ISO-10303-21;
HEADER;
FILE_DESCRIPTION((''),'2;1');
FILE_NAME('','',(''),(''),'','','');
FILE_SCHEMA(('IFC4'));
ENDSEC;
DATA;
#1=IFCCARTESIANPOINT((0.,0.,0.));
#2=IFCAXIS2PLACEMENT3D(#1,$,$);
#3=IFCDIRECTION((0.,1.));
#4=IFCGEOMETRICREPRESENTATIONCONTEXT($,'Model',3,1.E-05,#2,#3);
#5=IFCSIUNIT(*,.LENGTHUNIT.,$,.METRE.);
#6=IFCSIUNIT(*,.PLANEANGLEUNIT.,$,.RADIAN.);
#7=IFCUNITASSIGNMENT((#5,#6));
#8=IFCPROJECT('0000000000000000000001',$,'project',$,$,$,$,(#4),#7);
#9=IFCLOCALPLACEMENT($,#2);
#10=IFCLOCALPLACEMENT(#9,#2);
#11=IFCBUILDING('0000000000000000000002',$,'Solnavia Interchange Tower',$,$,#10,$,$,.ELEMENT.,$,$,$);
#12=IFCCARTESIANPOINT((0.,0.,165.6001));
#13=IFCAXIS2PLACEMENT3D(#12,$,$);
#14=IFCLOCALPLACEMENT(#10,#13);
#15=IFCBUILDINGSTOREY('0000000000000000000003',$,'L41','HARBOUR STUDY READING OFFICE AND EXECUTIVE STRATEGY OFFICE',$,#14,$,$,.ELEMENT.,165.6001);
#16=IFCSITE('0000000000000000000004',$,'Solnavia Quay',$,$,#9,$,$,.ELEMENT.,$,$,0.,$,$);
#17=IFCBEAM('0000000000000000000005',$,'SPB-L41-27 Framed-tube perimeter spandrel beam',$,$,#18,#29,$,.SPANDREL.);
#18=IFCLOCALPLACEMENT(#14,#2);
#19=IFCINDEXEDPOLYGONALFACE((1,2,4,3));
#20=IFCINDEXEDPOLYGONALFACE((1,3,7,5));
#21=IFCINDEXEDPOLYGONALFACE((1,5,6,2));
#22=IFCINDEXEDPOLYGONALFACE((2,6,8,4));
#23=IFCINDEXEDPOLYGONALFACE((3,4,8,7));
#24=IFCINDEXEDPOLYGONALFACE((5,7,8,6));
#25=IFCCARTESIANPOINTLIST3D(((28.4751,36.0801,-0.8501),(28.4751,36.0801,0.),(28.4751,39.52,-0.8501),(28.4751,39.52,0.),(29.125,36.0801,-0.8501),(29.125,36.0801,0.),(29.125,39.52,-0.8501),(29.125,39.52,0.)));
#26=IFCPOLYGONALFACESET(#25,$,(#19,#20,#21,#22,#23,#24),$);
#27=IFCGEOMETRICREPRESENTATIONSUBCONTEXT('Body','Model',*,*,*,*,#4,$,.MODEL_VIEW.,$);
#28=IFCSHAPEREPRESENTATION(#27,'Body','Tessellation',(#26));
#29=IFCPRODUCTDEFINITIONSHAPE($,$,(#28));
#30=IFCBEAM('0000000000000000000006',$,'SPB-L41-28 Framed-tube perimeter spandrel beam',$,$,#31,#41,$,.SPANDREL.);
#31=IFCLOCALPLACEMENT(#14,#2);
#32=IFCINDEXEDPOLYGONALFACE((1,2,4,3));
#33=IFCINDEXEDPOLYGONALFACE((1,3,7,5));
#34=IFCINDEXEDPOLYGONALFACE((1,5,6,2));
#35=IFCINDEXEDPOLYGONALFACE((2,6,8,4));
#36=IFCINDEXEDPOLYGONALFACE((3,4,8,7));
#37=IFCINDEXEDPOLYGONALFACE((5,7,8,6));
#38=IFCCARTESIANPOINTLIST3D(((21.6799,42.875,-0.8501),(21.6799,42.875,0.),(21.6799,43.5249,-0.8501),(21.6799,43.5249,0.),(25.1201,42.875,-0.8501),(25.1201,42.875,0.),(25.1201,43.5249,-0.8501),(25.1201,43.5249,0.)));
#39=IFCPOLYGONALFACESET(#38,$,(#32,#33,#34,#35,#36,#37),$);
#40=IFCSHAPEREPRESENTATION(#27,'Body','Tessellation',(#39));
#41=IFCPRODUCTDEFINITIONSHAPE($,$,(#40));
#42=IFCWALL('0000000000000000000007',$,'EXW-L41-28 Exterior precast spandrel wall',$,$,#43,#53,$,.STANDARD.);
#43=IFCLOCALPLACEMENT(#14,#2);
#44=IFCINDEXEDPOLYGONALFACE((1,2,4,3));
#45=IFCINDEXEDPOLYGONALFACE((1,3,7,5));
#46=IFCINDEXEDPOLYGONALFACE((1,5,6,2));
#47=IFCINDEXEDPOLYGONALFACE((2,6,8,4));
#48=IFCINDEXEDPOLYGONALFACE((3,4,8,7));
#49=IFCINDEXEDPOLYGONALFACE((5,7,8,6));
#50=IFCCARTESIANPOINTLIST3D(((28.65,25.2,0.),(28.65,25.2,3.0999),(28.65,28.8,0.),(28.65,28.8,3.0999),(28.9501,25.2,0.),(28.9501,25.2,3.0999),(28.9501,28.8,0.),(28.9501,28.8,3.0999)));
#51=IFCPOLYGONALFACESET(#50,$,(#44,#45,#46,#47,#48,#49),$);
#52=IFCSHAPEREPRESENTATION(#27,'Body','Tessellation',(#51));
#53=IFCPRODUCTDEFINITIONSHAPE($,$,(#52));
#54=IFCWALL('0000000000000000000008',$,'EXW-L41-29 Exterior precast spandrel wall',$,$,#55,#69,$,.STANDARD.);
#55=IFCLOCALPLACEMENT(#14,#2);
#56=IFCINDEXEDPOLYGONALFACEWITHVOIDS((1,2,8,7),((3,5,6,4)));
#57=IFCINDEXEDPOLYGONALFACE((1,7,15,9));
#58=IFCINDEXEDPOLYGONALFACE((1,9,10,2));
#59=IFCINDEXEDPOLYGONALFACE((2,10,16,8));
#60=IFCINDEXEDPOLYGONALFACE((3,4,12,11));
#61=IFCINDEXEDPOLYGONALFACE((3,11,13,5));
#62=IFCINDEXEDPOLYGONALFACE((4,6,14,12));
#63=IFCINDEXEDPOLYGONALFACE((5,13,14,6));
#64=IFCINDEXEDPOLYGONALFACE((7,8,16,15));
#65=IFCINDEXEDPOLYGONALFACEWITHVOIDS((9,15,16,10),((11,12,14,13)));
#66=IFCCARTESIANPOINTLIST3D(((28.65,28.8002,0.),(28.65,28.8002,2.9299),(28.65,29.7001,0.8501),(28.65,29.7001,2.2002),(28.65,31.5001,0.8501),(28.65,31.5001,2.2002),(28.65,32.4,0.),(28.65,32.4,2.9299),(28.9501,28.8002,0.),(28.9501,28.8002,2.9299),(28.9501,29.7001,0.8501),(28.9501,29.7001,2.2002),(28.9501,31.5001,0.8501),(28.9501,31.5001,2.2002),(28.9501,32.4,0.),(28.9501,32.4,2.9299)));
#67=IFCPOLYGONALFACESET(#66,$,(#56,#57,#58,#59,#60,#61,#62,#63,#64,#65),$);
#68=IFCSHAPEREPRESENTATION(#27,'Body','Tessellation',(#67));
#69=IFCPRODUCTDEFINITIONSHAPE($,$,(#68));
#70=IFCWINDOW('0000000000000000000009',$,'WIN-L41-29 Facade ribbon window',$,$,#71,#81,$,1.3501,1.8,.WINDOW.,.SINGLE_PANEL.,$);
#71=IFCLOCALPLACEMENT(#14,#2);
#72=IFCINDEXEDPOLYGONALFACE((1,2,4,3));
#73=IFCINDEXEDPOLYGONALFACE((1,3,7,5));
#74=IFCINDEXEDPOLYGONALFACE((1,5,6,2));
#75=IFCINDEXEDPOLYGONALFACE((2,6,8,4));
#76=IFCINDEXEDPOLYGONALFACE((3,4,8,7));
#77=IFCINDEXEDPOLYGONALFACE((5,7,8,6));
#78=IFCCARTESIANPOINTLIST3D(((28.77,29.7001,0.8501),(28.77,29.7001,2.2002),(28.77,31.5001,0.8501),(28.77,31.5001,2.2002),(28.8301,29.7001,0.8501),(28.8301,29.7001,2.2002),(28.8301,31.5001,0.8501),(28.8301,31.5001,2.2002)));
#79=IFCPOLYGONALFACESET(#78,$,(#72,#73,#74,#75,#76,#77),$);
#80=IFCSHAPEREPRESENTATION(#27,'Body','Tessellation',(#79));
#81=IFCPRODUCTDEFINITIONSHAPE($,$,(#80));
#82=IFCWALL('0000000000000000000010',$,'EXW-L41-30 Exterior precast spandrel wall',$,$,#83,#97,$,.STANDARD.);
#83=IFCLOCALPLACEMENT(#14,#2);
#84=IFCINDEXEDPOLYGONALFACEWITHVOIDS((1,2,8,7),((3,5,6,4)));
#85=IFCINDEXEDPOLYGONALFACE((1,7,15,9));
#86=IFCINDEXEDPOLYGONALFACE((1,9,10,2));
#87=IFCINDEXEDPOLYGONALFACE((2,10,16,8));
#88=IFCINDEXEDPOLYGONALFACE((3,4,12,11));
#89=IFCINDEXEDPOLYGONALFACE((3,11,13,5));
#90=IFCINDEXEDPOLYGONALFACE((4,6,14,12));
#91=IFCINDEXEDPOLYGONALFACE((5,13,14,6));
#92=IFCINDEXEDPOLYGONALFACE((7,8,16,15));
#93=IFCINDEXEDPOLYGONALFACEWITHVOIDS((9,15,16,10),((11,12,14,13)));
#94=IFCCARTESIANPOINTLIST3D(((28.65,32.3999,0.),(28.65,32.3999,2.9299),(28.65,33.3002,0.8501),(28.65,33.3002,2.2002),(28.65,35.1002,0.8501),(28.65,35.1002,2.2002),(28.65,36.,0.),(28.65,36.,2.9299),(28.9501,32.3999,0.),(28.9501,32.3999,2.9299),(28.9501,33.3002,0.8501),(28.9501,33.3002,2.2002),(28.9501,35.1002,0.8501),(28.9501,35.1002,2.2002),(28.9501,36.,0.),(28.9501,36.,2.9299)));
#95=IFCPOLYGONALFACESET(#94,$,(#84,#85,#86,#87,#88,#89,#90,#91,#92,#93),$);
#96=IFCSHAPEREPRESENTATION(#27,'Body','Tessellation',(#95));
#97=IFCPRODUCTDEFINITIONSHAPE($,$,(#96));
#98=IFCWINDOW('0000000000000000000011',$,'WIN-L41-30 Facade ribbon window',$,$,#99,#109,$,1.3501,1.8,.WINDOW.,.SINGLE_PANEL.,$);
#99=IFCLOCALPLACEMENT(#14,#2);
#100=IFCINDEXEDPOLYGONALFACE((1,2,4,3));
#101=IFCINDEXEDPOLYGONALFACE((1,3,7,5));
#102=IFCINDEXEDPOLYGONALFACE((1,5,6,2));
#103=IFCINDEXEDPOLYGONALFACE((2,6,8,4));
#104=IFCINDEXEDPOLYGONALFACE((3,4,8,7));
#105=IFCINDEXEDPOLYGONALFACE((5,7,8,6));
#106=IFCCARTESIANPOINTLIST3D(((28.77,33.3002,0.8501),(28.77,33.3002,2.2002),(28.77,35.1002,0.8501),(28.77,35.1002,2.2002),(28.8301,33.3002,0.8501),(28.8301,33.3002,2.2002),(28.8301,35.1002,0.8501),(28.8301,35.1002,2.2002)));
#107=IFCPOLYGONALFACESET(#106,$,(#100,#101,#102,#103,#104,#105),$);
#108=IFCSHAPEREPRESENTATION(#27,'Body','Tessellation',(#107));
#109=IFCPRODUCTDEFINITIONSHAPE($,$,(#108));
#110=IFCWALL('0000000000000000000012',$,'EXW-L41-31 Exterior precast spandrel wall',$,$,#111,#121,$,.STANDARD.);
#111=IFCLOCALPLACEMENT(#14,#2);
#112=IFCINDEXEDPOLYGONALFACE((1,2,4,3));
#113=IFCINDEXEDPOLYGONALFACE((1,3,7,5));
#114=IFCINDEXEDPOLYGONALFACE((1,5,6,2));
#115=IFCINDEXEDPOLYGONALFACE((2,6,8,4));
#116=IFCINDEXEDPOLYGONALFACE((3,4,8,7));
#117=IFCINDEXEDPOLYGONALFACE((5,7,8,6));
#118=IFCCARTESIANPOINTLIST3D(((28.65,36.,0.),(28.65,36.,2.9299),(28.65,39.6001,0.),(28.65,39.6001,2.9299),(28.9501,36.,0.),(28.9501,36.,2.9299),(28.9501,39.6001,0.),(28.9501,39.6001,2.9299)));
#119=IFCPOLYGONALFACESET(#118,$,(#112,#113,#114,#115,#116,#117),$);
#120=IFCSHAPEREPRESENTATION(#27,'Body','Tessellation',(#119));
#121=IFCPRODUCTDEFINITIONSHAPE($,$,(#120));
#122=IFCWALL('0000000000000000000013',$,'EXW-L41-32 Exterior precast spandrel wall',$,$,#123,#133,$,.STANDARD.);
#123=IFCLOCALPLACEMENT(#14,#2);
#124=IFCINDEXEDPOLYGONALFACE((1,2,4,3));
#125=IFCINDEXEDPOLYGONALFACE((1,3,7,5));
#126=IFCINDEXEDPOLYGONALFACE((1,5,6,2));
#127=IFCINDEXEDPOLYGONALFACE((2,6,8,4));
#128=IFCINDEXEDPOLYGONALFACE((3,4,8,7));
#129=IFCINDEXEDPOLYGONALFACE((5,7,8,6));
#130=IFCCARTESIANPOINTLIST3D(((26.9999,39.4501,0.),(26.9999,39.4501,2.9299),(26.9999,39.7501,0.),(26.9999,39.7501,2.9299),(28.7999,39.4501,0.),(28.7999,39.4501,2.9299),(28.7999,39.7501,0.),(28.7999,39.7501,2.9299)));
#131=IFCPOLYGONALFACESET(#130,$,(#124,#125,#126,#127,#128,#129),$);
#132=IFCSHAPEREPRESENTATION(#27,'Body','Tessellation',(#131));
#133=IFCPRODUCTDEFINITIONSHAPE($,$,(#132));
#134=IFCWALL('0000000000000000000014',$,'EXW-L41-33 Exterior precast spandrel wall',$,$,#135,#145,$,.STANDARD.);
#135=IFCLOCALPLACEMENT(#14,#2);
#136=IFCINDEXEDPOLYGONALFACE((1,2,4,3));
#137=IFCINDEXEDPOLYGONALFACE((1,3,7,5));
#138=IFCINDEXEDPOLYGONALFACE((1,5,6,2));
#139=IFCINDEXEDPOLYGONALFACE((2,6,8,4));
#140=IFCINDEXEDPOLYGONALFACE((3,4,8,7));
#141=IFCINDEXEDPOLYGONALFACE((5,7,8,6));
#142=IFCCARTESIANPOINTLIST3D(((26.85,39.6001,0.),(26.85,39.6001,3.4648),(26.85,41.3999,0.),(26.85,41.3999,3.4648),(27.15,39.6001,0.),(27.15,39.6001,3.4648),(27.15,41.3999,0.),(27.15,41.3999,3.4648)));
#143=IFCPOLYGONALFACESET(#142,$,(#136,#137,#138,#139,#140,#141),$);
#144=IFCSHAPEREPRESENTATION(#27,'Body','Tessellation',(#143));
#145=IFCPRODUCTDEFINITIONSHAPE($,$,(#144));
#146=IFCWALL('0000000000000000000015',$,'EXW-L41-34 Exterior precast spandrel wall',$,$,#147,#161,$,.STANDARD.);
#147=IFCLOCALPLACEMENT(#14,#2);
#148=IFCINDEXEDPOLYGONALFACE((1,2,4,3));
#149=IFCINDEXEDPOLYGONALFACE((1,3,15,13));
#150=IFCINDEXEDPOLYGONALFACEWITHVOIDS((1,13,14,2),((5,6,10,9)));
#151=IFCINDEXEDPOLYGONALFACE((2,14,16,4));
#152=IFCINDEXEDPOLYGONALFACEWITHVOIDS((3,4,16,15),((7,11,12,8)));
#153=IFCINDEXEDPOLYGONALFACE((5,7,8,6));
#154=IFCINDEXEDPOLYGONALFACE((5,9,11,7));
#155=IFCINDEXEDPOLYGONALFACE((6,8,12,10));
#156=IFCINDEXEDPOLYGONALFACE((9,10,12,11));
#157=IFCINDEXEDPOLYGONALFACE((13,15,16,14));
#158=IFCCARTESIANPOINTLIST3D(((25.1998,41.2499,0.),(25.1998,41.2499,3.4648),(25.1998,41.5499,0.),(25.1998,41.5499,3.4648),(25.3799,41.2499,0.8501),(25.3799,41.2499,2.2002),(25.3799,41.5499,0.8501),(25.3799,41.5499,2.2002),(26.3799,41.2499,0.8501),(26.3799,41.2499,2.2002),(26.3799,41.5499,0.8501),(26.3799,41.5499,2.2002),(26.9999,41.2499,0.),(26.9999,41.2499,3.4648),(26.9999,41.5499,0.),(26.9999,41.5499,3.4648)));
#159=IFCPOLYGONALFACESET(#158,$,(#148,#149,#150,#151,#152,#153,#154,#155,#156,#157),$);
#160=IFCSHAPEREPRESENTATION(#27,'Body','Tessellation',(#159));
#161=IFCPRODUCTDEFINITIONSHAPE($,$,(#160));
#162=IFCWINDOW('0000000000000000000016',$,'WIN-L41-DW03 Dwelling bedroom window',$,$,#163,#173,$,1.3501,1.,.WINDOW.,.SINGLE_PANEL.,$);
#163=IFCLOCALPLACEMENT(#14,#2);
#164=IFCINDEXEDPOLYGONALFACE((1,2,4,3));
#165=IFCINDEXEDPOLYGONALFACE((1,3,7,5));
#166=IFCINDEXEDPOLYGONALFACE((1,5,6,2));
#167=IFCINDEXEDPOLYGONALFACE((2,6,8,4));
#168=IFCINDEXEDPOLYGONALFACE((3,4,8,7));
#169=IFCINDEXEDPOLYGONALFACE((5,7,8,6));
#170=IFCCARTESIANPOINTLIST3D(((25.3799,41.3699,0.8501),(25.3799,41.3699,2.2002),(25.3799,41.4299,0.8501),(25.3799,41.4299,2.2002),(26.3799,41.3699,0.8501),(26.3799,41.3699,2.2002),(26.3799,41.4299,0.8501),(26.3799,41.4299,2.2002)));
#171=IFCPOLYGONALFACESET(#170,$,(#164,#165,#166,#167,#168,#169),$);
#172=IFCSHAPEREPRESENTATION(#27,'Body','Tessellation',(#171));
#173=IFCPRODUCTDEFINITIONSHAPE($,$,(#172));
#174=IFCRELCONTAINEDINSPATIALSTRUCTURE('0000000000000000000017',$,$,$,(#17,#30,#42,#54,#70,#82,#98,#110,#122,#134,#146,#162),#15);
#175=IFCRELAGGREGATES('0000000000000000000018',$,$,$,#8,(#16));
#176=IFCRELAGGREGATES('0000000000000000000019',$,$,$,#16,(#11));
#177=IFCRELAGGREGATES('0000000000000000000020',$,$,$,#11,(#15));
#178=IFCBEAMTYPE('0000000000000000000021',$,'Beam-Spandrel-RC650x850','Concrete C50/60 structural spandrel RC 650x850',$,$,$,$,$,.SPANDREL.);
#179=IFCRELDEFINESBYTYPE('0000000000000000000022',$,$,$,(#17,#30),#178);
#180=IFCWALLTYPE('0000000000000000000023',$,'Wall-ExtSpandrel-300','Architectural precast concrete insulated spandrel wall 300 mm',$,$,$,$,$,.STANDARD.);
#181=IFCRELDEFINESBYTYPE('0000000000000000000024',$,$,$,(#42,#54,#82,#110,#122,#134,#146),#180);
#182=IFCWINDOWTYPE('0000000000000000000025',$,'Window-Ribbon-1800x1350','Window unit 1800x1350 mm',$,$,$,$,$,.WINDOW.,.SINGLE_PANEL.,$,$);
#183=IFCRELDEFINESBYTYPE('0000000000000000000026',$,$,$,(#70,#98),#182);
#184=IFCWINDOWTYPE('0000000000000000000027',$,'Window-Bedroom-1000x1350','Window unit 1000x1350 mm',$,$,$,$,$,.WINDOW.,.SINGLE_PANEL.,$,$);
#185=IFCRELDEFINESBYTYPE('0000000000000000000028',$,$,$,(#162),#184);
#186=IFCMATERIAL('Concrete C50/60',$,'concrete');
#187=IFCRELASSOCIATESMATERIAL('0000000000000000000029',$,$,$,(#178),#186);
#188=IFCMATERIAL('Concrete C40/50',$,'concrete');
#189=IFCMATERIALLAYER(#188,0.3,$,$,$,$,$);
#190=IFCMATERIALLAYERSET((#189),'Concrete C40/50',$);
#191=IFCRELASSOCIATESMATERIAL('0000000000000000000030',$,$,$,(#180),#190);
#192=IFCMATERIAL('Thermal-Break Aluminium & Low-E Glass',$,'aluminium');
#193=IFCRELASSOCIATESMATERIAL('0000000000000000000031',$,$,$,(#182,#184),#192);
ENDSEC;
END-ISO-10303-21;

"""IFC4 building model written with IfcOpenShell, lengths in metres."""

from ifc_helpers import new_model, si_unit, direction, frame, frame_2d, origin, origin_2d, place, context, subcontext, project, spatial, rectangle, extrude, material, layer, layer_set, material_profile, profile_set, type_object, element, fill, save


model = new_model("IFC4")

# Units and contexts
model_context = context("Model", 3, precision=1e-05, world=origin(), true_north=direction((0.0, 1.0)))
body_context = subcontext(model_context, "Body", "Model", "MODEL_VIEW")
ifc_project = project(units=[si_unit("LENGTHUNIT", "METRE"), si_unit("PLANEANGLEUNIT", "RADIAN")], contexts=[model_context])

# Site, building, storey
site_placement = place(None, origin())
site = spatial("IfcSite", under=ifc_project, at=site_placement, Name="Solnavia Quay", CompositionType="ELEMENT", RefElevation=0.0)
building_placement = place(site_placement, origin())
building = spatial("IfcBuilding", under=site, at=building_placement, Name="Solnavia Interchange Tower", CompositionType="ELEMENT")
storey_placement = place(building_placement, frame((0.0, 0.0, 165.6001)))
storey = spatial("IfcBuildingStorey", under=building, at=storey_placement, Name="L41", Description="HARBOUR STUDY READING OFFICE AND EXECUTIVE STRATEGY OFFICE", CompositionType="ELEMENT", Elevation=165.6001)

# Shared definitions
ifc_material_1 = material(Name="Concrete C50/60", Category="concrete")

# Beams
ifc_material_profile_1 = material_profile(ifc_material_1, rectangle(XDim=0.6499, YDim=0.8501, at=origin_2d()), Name="RC 650x850")
ifc_profile_set_1 = profile_set([ifc_material_profile_1], Name="Concrete C50/60")
beam_type_1 = type_object("IfcBeamType", Name="Beam-Spandrel-RC650x850", Description="Concrete C50/60 structural spandrel RC 650x850", PredefinedType="SPANDREL", material=ifc_profile_set_1)
for number, where, z_axis, x_axis, name in (
    (1, (28.8, 36.0801, -0.425), (0.0, 1.0, 0.0), (-1.0, 0.0, 0.0), "SPB-L41-27 Framed-tube perimeter spandrel beam"),
):
    element("IfcBeam", number, at=place(storey_placement, frame(where, z_axis=z_axis, x_axis=x_axis)), inside=storey, type_object=beam_type_1, Name=name, PredefinedType="SPANDREL", context=body_context, shape_type="SweptSolid", body=[
        extrude(rectangle(XDim=0.6499, YDim=0.8501, at=origin_2d()), origin(), (0.0, 0.0, 1.0), 3.4399),
    ])
beam_1_placement = place(storey_placement, frame((25.1201, 43.2, -0.425), z_axis=(-1.0, 0.0, 0.0), x_axis=(0.0, -1.0, 0.0)))
element("IfcBeam", 2, at=beam_1_placement, inside=storey, type_object=beam_type_1, Name="SPB-L41-28 Framed-tube perimeter spandrel beam", PredefinedType="SPANDREL", context=body_context, shape_type="SweptSolid", body=[
    extrude(rectangle(XDim=0.6499, YDim=0.8501, at=origin_2d()), origin(), (0.0, 0.0, 1.0), 3.4402),
])

# Wall
ifc_material_2 = material(Name="Concrete C40/50", Category="concrete")
ifc_layer_1 = layer(ifc_material_2, 0.3)
ifc_layer_set_1 = layer_set([ifc_layer_1], Name="Concrete C40/50")
wall_type = type_object("IfcWallType", Name="Wall-ExtSpandrel-300", Description="Architectural precast concrete insulated spandrel wall 300 mm", PredefinedType="STANDARD", material=ifc_layer_set_1)
wall_1_placement = place(storey_placement, frame((28.8, 28.8, 0.0), z_axis=(0.0, 0.0, 1.0), x_axis=(0.0, -1.0, 0.0)))
element("IfcWall", 3, at=wall_1_placement, inside=storey, type_object=wall_type, Name="EXW-L41-28 Exterior precast spandrel wall", PredefinedType="STANDARD", context=body_context, shape_type="SweptSolid", body=[
    extrude(rectangle(XDim=3.6001, YDim=0.3, at=frame_2d((1.8, 0.0))), origin(), (0.0, 0.0, 1.0), 3.0999),
])

# Walls, openings, windows
wall_2_placement = place(storey_placement, frame((28.8, 32.3999, 0.0), z_axis=(0.0, 0.0, 1.0), x_axis=(0.0, -1.0, 0.0)))
wall_2 = element("IfcWall", 4, at=wall_2_placement, inside=storey, type_object=wall_type, Name="EXW-L41-29 Exterior precast spandrel wall", PredefinedType="STANDARD", context=body_context, shape_type="SweptSolid", body=[
    extrude(rectangle(XDim=3.5999, YDim=0.3, at=frame_2d((1.7998, 0.0))), origin(), (0.0, 0.0, 1.0), 2.9299),
])
opening_1_placement = place(wall_2_placement, frame((0.8999, 0.0, 0.8501)))
opening_1 = element("IfcOpeningElement", 5, at=opening_1_placement, cuts=wall_2, PredefinedType="OPENING", context=body_context, shape_type="SweptSolid", body=[
    extrude(rectangle(XDim=1.8, YDim=1.3501, at=frame_2d((0.8999, 0.675))), frame((0.0, 0.1602, 0.0), z_axis=(0.0, -1.0, 0.0), x_axis=(1.0, 0.0, 0.0)), (0.0, 0.0, 1.0), 0.3201),
])
ifc_material_3 = material(Name="Thermal-Break Aluminium & Low-E Glass", Category="aluminium")
window_type_1 = type_object("IfcWindowType", Name="Window-Ribbon-1800x1350", Description="Window unit 1800x1350 mm", PartitioningType="SINGLE_PANEL", PredefinedType="WINDOW", material=ifc_material_3)
window_1_placement = place(opening_1_placement, origin())
window_1 = element("IfcWindow", 6, at=window_1_placement, inside=storey, type_object=window_type_1, Name="WIN-L41-29 Facade ribbon window", OverallHeight=1.3501, OverallWidth=1.8, PartitioningType="SINGLE_PANEL", PredefinedType="WINDOW", context=body_context, shape_type="SweptSolid", body=[
    extrude(rectangle(XDim=1.8, YDim=1.3501, at=frame_2d((0.8999, 0.675))), frame((0.0, 0.03, 0.0), z_axis=(0.0, -1.0, 0.0), x_axis=(1.0, 0.0, 0.0)), (0.0, 0.0, 1.0), 0.0601),
])
fill(opening_1, window_1)
wall_3_placement = place(storey_placement, frame((28.8, 36.0, 0.0), z_axis=(0.0, 0.0, 1.0), x_axis=(0.0, -1.0, 0.0)))
wall_3 = element("IfcWall", 7, at=wall_3_placement, inside=storey, type_object=wall_type, Name="EXW-L41-30 Exterior precast spandrel wall", PredefinedType="STANDARD", context=body_context, shape_type="SweptSolid", body=[
    extrude(rectangle(XDim=3.6001, YDim=0.3, at=frame_2d((1.8, 0.0))), origin(), (0.0, 0.0, 1.0), 2.9299),
])
opening_2_placement = place(wall_3_placement, frame((0.8999, 0.0, 0.8501)))
opening_2 = element("IfcOpeningElement", 8, at=opening_2_placement, cuts=wall_3, PredefinedType="OPENING", context=body_context, shape_type="SweptSolid", body=[
    extrude(rectangle(XDim=1.8, YDim=1.3501, at=frame_2d((0.8999, 0.675))), frame((0.0, 0.1602, 0.0), z_axis=(0.0, -1.0, 0.0), x_axis=(1.0, 0.0, 0.0)), (0.0, 0.0, 1.0), 0.3201),
])
window_2_placement = place(opening_2_placement, origin())
window_2 = element("IfcWindow", 9, at=window_2_placement, inside=storey, type_object=window_type_1, Name="WIN-L41-30 Facade ribbon window", OverallHeight=1.3501, OverallWidth=1.8, PartitioningType="SINGLE_PANEL", PredefinedType="WINDOW", context=body_context, shape_type="SweptSolid", body=[
    extrude(rectangle(XDim=1.8, YDim=1.3501, at=frame_2d((0.8999, 0.675))), frame((0.0, 0.03, 0.0), z_axis=(0.0, -1.0, 0.0), x_axis=(1.0, 0.0, 0.0)), (0.0, 0.0, 1.0), 0.0601),
])
fill(opening_2, window_2)

# Walls
wall_4_placement = place(storey_placement, frame((28.8, 39.6001, 0.0), z_axis=(0.0, 0.0, 1.0), x_axis=(0.0, -1.0, 0.0)))
element("IfcWall", 10, at=wall_4_placement, inside=storey, type_object=wall_type, Name="EXW-L41-31 Exterior precast spandrel wall", PredefinedType="STANDARD", context=body_context, shape_type="SweptSolid", body=[
    extrude(rectangle(XDim=3.6001, YDim=0.3, at=frame_2d((1.8, 0.0))), origin(), (0.0, 0.0, 1.0), 2.9299),
])
wall_5_placement = place(storey_placement, frame((27.0, 39.6001, 0.0), z_axis=(0.0, 0.0, 1.0), x_axis=(1.0, 0.0, 0.0)))
element("IfcWall", 11, at=wall_5_placement, inside=storey, type_object=wall_type, Name="EXW-L41-32 Exterior precast spandrel wall", PredefinedType="STANDARD", context=body_context, shape_type="SweptSolid", body=[
    extrude(rectangle(XDim=1.8, YDim=0.3, at=frame_2d((0.8999, 0.0))), origin(), (0.0, 0.0, 1.0), 2.9299),
])
wall_6_placement = place(storey_placement, frame((27.0, 39.6001, 0.0), z_axis=(0.0, 0.0, 1.0), x_axis=(0.0, 1.0, 0.0)))
element("IfcWall", 12, at=wall_6_placement, inside=storey, type_object=wall_type, Name="EXW-L41-33 Exterior precast spandrel wall", PredefinedType="STANDARD", context=body_context, shape_type="SweptSolid", body=[
    extrude(rectangle(XDim=1.7998, YDim=0.3, at=frame_2d((0.8999, 0.0))), origin(), (0.0, 0.0, 1.0), 3.4648),
])

# Wall, opening, window
wall_7_placement = place(storey_placement, frame((25.2, 41.3999, 0.0), z_axis=(0.0, 0.0, 1.0), x_axis=(1.0, 0.0, 0.0)))
wall_7 = element("IfcWall", 13, at=wall_7_placement, inside=storey, type_object=wall_type, Name="EXW-L41-34 Exterior precast spandrel wall", PredefinedType="STANDARD", context=body_context, shape_type="SweptSolid", body=[
    extrude(rectangle(XDim=1.8, YDim=0.3, at=frame_2d((0.8999, 0.0))), origin(), (0.0, 0.0, 1.0), 3.4648),
])
opening_3_placement = place(wall_7_placement, frame((0.1799, 0.0, 0.8501)))
opening_3 = element("IfcOpeningElement", 14, at=opening_3_placement, cuts=wall_7, PredefinedType="OPENING", context=body_context, shape_type="SweptSolid", body=[
    extrude(rectangle(XDim=1.0, YDim=1.3501, at=frame_2d((0.5, 0.675))), frame((0.0, 0.1602, 0.0), z_axis=(0.0, -1.0, 0.0), x_axis=(1.0, 0.0, 0.0)), (0.0, 0.0, 1.0), 0.3201),
])
window_type_2 = type_object("IfcWindowType", Name="Window-Bedroom-1000x1350", Description="Window unit 1000x1350 mm", PartitioningType="SINGLE_PANEL", PredefinedType="WINDOW", material=ifc_material_3)
window_3_placement = place(opening_3_placement, origin())
window_3 = element("IfcWindow", 15, at=window_3_placement, inside=storey, type_object=window_type_2, Name="WIN-L41-DW03 Dwelling bedroom window", OverallHeight=1.3501, OverallWidth=1.0, PartitioningType="SINGLE_PANEL", PredefinedType="WINDOW", context=body_context, shape_type="SweptSolid", body=[
    extrude(rectangle(XDim=1.0, YDim=1.3501, at=frame_2d((0.5, 0.675))), frame((0.0, 0.03, 0.0), z_axis=(0.0, -1.0, 0.0), x_axis=(1.0, 0.0, 0.0)), (0.0, 0.0, 1.0), 0.0601),
])
fill(opening_3, window_3)

save(model, "model.ifc")
